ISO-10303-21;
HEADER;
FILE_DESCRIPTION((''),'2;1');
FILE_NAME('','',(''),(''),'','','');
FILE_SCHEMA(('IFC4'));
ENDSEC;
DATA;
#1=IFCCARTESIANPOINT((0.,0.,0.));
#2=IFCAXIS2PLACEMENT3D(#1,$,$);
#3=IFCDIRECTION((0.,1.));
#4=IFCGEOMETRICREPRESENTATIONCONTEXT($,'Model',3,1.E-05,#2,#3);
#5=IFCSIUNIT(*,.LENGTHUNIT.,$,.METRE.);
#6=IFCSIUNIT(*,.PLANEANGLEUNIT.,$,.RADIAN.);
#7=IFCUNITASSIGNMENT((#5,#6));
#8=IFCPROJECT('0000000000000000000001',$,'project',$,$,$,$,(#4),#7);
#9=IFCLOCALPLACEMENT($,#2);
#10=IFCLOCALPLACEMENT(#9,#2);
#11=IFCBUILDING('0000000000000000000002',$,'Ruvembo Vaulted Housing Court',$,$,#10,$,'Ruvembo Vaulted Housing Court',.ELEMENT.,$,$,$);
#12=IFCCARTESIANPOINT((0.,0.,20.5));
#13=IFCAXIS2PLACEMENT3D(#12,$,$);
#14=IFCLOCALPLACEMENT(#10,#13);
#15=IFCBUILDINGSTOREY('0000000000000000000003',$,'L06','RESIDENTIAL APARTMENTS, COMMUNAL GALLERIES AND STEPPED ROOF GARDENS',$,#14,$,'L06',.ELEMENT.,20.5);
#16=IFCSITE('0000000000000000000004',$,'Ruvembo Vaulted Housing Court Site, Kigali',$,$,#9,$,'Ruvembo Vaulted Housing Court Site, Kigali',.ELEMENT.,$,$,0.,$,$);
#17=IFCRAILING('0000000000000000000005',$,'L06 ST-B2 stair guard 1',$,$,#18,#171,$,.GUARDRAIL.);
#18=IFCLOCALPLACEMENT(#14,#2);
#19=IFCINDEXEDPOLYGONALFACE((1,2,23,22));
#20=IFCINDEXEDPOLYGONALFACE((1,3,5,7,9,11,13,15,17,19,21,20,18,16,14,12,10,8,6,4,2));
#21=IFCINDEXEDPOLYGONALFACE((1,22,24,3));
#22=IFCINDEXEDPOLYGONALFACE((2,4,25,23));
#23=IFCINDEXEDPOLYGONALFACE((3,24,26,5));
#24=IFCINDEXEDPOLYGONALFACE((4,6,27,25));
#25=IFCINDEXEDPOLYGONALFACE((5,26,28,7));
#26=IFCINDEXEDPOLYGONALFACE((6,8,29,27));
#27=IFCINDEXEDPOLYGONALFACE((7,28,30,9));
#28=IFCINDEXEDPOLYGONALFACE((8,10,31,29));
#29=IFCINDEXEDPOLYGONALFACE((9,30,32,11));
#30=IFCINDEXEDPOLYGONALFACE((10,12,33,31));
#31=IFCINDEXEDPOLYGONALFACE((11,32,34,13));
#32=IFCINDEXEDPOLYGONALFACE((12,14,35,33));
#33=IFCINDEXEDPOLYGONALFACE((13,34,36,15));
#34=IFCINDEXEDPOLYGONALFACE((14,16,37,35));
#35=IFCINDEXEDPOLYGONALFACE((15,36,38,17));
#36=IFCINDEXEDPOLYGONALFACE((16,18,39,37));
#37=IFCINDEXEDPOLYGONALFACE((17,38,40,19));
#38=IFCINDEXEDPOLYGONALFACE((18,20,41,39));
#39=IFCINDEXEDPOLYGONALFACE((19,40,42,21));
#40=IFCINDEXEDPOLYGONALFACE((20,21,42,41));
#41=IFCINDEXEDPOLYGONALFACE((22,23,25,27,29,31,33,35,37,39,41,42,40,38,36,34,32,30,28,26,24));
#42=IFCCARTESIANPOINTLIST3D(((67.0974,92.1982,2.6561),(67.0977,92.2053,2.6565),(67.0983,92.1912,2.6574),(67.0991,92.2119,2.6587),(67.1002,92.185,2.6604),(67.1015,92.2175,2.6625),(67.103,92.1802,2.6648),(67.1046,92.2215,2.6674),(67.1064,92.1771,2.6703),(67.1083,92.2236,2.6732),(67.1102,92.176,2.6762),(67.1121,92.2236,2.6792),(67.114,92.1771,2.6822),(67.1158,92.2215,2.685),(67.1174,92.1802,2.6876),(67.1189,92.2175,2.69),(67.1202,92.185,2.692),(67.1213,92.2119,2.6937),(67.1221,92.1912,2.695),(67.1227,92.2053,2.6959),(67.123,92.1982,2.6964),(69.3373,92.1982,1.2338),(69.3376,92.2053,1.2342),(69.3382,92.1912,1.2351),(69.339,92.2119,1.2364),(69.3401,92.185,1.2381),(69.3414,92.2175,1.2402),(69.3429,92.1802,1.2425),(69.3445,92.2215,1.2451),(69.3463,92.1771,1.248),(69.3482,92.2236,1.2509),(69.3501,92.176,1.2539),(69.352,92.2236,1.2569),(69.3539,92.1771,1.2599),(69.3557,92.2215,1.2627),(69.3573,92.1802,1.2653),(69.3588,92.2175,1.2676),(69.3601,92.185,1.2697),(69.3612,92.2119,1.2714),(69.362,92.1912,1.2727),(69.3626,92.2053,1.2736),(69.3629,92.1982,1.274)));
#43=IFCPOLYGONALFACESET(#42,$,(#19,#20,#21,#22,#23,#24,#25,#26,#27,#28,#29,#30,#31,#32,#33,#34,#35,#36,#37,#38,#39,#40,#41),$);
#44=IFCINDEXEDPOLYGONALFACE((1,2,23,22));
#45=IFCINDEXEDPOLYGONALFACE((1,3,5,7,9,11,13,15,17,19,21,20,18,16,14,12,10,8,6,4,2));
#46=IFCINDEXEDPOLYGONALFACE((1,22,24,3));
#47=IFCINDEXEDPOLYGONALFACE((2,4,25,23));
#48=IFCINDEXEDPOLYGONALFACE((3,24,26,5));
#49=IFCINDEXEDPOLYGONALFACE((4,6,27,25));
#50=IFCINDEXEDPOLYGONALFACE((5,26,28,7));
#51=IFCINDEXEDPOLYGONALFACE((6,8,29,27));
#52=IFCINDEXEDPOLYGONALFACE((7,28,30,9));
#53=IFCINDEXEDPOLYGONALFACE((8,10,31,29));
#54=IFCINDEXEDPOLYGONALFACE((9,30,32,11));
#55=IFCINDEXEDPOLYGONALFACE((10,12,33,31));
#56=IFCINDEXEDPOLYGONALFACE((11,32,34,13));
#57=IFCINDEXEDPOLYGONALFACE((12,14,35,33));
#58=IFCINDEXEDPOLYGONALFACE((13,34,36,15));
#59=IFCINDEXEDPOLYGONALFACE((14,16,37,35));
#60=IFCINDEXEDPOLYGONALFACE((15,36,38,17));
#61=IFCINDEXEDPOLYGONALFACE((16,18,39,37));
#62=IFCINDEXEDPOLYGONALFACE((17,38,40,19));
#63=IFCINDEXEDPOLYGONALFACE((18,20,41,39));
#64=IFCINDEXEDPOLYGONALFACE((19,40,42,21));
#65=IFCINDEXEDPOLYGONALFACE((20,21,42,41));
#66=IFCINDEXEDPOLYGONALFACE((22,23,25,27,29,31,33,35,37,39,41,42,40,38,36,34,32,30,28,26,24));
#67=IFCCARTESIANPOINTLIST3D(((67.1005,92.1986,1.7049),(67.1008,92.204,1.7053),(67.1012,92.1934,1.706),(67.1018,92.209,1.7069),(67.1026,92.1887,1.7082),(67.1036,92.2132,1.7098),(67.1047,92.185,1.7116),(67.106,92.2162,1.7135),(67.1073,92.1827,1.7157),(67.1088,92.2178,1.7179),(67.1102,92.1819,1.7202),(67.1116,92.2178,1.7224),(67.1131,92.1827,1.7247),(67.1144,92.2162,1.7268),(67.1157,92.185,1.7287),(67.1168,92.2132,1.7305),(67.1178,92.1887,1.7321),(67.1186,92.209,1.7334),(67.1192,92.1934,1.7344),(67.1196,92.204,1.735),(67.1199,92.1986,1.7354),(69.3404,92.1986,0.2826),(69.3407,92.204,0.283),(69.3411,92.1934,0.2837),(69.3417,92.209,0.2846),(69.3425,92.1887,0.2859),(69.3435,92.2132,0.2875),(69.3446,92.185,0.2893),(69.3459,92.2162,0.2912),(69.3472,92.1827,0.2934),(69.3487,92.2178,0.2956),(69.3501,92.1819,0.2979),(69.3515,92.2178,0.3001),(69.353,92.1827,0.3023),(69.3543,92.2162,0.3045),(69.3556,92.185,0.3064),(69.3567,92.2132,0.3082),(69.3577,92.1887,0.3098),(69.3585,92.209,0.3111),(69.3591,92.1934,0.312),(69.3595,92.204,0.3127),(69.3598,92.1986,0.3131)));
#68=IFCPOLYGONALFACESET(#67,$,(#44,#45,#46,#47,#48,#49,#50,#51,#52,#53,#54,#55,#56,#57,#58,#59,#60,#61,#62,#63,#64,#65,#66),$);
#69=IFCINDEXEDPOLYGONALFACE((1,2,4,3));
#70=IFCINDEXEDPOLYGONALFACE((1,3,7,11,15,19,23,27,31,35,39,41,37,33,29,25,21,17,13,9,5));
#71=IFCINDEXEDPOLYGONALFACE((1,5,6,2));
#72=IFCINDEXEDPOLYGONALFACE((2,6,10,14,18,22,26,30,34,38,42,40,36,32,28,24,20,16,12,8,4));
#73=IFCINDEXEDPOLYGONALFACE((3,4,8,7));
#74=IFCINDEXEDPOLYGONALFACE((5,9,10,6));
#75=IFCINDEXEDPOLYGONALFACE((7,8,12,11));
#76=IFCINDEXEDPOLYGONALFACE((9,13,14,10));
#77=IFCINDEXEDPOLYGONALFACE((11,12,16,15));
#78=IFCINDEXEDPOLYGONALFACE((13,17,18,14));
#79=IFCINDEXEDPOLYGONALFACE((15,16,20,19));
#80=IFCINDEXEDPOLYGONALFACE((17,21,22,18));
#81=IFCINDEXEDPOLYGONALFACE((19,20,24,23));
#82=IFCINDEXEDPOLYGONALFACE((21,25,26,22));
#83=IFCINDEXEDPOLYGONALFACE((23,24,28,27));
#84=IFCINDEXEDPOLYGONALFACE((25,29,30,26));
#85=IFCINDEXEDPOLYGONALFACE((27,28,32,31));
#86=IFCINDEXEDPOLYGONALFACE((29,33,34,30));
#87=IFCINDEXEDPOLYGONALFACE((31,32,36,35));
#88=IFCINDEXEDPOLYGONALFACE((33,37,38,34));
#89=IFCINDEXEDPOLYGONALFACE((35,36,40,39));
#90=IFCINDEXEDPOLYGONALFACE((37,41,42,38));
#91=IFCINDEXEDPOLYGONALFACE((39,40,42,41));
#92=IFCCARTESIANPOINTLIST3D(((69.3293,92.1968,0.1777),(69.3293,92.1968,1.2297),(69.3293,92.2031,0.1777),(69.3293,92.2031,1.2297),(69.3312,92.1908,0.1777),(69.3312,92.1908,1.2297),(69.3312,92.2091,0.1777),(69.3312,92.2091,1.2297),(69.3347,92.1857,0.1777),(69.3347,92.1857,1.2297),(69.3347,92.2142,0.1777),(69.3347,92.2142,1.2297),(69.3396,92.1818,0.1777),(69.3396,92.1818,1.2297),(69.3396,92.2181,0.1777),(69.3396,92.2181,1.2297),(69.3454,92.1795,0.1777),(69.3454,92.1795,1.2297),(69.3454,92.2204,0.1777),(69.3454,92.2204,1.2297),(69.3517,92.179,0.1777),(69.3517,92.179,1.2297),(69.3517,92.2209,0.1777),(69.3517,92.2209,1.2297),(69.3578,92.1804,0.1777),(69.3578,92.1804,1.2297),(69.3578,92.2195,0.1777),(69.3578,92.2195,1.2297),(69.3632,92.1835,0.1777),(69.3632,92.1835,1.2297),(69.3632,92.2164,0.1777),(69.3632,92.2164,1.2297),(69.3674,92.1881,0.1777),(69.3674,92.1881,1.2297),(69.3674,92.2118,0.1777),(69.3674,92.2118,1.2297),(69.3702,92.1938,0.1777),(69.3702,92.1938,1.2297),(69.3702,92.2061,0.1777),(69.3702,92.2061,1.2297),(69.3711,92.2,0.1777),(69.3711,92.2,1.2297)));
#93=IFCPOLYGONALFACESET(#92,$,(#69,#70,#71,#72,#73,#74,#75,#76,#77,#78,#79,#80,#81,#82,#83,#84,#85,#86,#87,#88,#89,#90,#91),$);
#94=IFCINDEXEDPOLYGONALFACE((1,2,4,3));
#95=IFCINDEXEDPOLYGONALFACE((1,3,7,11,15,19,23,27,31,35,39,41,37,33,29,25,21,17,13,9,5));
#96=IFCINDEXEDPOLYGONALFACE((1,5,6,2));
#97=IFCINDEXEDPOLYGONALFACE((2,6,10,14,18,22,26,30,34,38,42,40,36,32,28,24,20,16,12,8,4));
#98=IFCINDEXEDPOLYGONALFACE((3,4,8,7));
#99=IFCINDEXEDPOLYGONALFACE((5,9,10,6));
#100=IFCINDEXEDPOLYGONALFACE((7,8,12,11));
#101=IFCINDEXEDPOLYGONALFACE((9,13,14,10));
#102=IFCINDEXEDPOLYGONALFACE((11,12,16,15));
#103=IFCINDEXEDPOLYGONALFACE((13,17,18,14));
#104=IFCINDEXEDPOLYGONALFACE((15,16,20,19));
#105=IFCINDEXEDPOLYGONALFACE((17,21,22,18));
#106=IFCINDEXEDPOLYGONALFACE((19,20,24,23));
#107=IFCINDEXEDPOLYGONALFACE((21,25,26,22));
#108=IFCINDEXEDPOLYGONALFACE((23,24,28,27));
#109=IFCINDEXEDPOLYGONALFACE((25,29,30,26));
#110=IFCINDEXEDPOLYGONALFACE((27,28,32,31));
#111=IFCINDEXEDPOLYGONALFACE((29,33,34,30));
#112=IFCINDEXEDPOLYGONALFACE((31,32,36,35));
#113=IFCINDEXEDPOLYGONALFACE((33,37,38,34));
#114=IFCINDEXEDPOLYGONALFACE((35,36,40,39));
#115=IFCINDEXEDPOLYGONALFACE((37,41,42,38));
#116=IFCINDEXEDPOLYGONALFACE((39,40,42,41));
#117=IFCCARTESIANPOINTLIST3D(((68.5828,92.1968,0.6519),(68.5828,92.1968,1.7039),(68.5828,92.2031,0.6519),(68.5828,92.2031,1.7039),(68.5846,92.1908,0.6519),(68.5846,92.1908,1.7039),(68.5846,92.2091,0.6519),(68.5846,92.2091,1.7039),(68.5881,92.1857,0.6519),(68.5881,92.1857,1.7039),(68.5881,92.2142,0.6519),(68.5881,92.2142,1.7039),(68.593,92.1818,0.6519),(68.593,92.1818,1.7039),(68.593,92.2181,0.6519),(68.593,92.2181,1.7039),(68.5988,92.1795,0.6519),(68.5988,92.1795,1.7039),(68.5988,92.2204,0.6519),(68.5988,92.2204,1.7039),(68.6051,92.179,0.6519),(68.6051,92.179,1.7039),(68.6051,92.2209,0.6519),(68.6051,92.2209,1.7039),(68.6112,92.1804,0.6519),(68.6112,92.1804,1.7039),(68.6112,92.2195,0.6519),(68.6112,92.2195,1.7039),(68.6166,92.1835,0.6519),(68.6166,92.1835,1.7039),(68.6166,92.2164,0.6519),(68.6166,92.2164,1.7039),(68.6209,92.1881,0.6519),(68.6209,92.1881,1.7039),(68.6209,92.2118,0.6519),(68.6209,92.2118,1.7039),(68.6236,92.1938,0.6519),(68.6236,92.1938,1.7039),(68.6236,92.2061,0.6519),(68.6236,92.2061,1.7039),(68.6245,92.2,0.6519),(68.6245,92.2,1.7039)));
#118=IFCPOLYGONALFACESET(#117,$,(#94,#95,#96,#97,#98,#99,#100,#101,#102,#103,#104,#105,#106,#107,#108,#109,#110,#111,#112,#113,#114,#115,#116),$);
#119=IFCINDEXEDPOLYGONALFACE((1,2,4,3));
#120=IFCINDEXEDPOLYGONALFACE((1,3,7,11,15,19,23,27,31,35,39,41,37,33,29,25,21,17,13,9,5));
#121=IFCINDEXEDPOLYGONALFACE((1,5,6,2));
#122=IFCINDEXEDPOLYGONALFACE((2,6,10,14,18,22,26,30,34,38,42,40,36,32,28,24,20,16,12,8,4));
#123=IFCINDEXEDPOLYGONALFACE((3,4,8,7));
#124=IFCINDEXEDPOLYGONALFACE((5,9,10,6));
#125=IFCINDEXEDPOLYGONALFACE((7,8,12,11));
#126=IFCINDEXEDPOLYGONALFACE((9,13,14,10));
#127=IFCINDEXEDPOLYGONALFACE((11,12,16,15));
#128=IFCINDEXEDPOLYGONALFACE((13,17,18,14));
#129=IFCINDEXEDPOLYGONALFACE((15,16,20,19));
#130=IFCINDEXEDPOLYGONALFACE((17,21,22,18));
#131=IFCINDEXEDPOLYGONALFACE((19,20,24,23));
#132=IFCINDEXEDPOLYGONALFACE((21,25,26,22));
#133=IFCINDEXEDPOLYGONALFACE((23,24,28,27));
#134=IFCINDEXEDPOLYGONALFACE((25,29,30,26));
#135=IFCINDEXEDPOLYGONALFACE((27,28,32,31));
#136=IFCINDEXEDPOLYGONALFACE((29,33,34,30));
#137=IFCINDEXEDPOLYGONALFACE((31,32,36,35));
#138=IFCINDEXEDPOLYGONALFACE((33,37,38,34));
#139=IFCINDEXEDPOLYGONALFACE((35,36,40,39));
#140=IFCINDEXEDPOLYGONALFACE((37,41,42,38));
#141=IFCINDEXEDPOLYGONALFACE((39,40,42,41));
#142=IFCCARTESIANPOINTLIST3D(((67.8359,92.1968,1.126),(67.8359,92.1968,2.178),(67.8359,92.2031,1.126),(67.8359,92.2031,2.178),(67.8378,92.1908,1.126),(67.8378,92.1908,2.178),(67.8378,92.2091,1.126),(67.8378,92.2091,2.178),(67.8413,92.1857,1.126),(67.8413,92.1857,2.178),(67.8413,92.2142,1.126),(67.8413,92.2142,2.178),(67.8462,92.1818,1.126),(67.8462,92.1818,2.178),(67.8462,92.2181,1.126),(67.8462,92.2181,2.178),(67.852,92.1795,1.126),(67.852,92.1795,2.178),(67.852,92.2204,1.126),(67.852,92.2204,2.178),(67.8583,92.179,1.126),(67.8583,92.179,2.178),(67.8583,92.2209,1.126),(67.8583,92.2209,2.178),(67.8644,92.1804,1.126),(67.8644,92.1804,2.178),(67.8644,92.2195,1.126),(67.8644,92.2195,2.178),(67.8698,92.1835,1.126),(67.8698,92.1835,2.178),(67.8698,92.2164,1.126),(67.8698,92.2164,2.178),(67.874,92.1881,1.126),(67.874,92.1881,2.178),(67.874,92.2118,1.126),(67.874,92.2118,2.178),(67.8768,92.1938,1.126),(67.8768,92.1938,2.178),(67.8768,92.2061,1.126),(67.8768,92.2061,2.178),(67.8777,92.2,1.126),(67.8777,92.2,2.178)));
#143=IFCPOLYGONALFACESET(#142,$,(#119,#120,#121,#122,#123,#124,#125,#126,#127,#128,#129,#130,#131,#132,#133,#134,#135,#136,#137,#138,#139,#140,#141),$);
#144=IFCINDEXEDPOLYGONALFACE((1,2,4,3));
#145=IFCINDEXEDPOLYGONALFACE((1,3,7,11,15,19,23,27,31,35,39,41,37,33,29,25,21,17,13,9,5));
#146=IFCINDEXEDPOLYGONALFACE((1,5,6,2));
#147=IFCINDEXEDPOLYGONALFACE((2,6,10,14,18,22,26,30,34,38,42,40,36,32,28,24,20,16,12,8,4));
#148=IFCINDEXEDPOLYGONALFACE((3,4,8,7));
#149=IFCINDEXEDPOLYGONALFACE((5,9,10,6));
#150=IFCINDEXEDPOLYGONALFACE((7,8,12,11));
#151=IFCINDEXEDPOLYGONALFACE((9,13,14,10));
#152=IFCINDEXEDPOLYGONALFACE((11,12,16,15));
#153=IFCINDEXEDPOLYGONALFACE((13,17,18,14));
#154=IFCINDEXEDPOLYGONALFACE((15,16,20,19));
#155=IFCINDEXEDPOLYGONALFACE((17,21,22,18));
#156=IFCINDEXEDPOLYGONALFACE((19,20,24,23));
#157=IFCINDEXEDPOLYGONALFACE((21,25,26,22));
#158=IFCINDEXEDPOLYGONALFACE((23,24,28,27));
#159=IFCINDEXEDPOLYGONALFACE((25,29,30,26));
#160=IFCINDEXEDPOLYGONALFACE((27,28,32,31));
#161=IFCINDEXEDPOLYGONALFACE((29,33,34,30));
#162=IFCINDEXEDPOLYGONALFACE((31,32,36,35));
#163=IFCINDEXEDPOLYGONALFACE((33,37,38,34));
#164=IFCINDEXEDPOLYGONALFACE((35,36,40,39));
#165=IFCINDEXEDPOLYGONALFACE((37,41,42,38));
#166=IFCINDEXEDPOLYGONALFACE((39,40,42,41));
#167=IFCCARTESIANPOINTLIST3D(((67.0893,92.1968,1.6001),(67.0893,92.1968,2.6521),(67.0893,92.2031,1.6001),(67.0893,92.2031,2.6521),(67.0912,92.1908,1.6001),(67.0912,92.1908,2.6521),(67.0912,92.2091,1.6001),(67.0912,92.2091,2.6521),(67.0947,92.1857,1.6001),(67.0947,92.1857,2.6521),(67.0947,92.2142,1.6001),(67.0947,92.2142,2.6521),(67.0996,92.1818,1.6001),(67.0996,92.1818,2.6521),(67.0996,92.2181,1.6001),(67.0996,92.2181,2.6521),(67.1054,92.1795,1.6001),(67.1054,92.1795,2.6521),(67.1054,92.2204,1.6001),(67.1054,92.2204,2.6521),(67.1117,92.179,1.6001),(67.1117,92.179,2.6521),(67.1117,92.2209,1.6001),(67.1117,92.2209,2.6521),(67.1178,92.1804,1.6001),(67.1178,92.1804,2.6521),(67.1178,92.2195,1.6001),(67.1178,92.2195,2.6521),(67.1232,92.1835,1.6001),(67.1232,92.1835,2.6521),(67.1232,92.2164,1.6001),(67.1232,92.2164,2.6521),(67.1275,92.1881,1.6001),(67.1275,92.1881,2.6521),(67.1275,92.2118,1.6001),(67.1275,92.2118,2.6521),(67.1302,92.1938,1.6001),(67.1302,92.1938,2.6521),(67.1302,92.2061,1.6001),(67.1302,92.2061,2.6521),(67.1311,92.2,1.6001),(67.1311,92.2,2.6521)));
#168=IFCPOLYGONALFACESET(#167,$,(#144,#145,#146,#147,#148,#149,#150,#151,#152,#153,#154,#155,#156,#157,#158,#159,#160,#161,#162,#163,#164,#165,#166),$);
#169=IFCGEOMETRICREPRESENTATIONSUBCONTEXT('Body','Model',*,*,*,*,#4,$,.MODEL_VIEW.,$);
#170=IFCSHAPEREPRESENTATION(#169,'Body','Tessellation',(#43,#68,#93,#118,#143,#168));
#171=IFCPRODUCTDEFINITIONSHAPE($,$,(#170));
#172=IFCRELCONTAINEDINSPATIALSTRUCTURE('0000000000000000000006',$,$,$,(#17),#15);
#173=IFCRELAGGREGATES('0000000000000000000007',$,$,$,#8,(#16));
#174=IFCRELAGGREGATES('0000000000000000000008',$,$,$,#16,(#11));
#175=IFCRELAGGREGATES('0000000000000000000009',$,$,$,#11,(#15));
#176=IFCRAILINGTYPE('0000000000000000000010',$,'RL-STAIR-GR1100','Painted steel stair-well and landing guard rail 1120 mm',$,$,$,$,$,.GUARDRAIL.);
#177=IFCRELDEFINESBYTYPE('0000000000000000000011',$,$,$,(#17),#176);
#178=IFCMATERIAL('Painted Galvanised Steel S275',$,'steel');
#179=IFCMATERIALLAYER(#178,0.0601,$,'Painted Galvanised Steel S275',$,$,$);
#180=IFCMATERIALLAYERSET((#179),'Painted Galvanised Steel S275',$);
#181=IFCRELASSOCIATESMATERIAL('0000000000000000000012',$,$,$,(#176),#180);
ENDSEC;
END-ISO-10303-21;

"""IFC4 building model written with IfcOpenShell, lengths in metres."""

from ifc_helpers import new_model, si_unit, direction, frame, origin, origin_2d, place, context, subcontext, project, spatial, circle, extrude, material, layer, layer_set, type_object, element, save


model = new_model("IFC4")

# Units and contexts
model_context = context("Model", 3, precision=1e-05, world=origin(), true_north=direction((0.0, 1.0)))
body_context = subcontext(model_context, "Body", "Model", "MODEL_VIEW")
ifc_project = project(units=[si_unit("LENGTHUNIT", "METRE"), si_unit("PLANEANGLEUNIT", "RADIAN")], contexts=[model_context])

# Site, building, storey
site_placement = place(None, origin())
site = spatial("IfcSite", under=ifc_project, at=site_placement, Name="Ruvembo Vaulted Housing Court Site, Kigali", LongName="Ruvembo Vaulted Housing Court Site, Kigali", CompositionType="ELEMENT", RefElevation=0.0)
building_placement = place(site_placement, origin())
building = spatial("IfcBuilding", under=site, at=building_placement, Name="Ruvembo Vaulted Housing Court", LongName="Ruvembo Vaulted Housing Court", CompositionType="ELEMENT")
storey_placement = place(building_placement, frame((0.0, 0.0, 20.5)))
storey = spatial("IfcBuildingStorey", under=building, at=storey_placement, Name="L06", Description="RESIDENTIAL APARTMENTS, COMMUNAL GALLERIES AND STEPPED ROOF GARDENS", LongName="L06", CompositionType="ELEMENT", Elevation=20.5)

# Railing
ifc_material_1 = material(Name="Painted Galvanised Steel S275", Category="steel")
ifc_layer_1 = layer(ifc_material_1, 0.0601, Name="Painted Galvanised Steel S275")
ifc_layer_set_1 = layer_set([ifc_layer_1], Name="Painted Galvanised Steel S275")
railing_type_1 = type_object("IfcRailingType", Name="RL-STAIR-GR1100", Description="Painted steel stair-well and landing guard rail 1120 mm", PredefinedType="GUARDRAIL", material=ifc_layer_set_1)
railing_1_placement = place(storey_placement, frame((69.3501, 92.2, 0.1777)))
element("IfcRailing", 1, at=railing_1_placement, inside=storey, type_object=railing_type_1, Name="L06 ST-B2 stair guard 1", PredefinedType="GUARDRAIL", context=body_context, shape_type="SweptSolid", body=[
    extrude(circle(Radius=0.0239, at=origin_2d()), frame((0.0, 0.0, 1.0762), z_axis=(-0.844188, 0.0, 0.536048), x_axis=(0.0, -1.0, 0.0)), (0.0, 0.0, 1.0), 2.6533),
    extrude(circle(Radius=0.0181, at=origin_2d()), frame((0.0, 0.0, 0.1201), z_axis=(-0.844188, 0.0, 0.536048), x_axis=(0.0, -1.0, 0.0)), (0.0, 0.0, 1.0), 2.6533),
    extrude(circle(Radius=0.021, at=origin_2d()), origin(), (0.0, 0.0, 1.0), 1.052),
    extrude(circle(Radius=0.021, at=origin_2d()), frame((-0.7466, 0.0, 0.4741)), (0.0, 0.0, 1.0), 1.052),
    extrude(circle(Radius=0.021, at=origin_2d()), frame((-1.4934, 0.0, 0.9482)), (0.0, 0.0, 1.0), 1.052),
    extrude(circle(Radius=0.021, at=origin_2d()), frame((-2.24, 0.0, 1.4224)), (0.0, 0.0, 1.0), 1.052),
])

save(model, "model.ifc")
